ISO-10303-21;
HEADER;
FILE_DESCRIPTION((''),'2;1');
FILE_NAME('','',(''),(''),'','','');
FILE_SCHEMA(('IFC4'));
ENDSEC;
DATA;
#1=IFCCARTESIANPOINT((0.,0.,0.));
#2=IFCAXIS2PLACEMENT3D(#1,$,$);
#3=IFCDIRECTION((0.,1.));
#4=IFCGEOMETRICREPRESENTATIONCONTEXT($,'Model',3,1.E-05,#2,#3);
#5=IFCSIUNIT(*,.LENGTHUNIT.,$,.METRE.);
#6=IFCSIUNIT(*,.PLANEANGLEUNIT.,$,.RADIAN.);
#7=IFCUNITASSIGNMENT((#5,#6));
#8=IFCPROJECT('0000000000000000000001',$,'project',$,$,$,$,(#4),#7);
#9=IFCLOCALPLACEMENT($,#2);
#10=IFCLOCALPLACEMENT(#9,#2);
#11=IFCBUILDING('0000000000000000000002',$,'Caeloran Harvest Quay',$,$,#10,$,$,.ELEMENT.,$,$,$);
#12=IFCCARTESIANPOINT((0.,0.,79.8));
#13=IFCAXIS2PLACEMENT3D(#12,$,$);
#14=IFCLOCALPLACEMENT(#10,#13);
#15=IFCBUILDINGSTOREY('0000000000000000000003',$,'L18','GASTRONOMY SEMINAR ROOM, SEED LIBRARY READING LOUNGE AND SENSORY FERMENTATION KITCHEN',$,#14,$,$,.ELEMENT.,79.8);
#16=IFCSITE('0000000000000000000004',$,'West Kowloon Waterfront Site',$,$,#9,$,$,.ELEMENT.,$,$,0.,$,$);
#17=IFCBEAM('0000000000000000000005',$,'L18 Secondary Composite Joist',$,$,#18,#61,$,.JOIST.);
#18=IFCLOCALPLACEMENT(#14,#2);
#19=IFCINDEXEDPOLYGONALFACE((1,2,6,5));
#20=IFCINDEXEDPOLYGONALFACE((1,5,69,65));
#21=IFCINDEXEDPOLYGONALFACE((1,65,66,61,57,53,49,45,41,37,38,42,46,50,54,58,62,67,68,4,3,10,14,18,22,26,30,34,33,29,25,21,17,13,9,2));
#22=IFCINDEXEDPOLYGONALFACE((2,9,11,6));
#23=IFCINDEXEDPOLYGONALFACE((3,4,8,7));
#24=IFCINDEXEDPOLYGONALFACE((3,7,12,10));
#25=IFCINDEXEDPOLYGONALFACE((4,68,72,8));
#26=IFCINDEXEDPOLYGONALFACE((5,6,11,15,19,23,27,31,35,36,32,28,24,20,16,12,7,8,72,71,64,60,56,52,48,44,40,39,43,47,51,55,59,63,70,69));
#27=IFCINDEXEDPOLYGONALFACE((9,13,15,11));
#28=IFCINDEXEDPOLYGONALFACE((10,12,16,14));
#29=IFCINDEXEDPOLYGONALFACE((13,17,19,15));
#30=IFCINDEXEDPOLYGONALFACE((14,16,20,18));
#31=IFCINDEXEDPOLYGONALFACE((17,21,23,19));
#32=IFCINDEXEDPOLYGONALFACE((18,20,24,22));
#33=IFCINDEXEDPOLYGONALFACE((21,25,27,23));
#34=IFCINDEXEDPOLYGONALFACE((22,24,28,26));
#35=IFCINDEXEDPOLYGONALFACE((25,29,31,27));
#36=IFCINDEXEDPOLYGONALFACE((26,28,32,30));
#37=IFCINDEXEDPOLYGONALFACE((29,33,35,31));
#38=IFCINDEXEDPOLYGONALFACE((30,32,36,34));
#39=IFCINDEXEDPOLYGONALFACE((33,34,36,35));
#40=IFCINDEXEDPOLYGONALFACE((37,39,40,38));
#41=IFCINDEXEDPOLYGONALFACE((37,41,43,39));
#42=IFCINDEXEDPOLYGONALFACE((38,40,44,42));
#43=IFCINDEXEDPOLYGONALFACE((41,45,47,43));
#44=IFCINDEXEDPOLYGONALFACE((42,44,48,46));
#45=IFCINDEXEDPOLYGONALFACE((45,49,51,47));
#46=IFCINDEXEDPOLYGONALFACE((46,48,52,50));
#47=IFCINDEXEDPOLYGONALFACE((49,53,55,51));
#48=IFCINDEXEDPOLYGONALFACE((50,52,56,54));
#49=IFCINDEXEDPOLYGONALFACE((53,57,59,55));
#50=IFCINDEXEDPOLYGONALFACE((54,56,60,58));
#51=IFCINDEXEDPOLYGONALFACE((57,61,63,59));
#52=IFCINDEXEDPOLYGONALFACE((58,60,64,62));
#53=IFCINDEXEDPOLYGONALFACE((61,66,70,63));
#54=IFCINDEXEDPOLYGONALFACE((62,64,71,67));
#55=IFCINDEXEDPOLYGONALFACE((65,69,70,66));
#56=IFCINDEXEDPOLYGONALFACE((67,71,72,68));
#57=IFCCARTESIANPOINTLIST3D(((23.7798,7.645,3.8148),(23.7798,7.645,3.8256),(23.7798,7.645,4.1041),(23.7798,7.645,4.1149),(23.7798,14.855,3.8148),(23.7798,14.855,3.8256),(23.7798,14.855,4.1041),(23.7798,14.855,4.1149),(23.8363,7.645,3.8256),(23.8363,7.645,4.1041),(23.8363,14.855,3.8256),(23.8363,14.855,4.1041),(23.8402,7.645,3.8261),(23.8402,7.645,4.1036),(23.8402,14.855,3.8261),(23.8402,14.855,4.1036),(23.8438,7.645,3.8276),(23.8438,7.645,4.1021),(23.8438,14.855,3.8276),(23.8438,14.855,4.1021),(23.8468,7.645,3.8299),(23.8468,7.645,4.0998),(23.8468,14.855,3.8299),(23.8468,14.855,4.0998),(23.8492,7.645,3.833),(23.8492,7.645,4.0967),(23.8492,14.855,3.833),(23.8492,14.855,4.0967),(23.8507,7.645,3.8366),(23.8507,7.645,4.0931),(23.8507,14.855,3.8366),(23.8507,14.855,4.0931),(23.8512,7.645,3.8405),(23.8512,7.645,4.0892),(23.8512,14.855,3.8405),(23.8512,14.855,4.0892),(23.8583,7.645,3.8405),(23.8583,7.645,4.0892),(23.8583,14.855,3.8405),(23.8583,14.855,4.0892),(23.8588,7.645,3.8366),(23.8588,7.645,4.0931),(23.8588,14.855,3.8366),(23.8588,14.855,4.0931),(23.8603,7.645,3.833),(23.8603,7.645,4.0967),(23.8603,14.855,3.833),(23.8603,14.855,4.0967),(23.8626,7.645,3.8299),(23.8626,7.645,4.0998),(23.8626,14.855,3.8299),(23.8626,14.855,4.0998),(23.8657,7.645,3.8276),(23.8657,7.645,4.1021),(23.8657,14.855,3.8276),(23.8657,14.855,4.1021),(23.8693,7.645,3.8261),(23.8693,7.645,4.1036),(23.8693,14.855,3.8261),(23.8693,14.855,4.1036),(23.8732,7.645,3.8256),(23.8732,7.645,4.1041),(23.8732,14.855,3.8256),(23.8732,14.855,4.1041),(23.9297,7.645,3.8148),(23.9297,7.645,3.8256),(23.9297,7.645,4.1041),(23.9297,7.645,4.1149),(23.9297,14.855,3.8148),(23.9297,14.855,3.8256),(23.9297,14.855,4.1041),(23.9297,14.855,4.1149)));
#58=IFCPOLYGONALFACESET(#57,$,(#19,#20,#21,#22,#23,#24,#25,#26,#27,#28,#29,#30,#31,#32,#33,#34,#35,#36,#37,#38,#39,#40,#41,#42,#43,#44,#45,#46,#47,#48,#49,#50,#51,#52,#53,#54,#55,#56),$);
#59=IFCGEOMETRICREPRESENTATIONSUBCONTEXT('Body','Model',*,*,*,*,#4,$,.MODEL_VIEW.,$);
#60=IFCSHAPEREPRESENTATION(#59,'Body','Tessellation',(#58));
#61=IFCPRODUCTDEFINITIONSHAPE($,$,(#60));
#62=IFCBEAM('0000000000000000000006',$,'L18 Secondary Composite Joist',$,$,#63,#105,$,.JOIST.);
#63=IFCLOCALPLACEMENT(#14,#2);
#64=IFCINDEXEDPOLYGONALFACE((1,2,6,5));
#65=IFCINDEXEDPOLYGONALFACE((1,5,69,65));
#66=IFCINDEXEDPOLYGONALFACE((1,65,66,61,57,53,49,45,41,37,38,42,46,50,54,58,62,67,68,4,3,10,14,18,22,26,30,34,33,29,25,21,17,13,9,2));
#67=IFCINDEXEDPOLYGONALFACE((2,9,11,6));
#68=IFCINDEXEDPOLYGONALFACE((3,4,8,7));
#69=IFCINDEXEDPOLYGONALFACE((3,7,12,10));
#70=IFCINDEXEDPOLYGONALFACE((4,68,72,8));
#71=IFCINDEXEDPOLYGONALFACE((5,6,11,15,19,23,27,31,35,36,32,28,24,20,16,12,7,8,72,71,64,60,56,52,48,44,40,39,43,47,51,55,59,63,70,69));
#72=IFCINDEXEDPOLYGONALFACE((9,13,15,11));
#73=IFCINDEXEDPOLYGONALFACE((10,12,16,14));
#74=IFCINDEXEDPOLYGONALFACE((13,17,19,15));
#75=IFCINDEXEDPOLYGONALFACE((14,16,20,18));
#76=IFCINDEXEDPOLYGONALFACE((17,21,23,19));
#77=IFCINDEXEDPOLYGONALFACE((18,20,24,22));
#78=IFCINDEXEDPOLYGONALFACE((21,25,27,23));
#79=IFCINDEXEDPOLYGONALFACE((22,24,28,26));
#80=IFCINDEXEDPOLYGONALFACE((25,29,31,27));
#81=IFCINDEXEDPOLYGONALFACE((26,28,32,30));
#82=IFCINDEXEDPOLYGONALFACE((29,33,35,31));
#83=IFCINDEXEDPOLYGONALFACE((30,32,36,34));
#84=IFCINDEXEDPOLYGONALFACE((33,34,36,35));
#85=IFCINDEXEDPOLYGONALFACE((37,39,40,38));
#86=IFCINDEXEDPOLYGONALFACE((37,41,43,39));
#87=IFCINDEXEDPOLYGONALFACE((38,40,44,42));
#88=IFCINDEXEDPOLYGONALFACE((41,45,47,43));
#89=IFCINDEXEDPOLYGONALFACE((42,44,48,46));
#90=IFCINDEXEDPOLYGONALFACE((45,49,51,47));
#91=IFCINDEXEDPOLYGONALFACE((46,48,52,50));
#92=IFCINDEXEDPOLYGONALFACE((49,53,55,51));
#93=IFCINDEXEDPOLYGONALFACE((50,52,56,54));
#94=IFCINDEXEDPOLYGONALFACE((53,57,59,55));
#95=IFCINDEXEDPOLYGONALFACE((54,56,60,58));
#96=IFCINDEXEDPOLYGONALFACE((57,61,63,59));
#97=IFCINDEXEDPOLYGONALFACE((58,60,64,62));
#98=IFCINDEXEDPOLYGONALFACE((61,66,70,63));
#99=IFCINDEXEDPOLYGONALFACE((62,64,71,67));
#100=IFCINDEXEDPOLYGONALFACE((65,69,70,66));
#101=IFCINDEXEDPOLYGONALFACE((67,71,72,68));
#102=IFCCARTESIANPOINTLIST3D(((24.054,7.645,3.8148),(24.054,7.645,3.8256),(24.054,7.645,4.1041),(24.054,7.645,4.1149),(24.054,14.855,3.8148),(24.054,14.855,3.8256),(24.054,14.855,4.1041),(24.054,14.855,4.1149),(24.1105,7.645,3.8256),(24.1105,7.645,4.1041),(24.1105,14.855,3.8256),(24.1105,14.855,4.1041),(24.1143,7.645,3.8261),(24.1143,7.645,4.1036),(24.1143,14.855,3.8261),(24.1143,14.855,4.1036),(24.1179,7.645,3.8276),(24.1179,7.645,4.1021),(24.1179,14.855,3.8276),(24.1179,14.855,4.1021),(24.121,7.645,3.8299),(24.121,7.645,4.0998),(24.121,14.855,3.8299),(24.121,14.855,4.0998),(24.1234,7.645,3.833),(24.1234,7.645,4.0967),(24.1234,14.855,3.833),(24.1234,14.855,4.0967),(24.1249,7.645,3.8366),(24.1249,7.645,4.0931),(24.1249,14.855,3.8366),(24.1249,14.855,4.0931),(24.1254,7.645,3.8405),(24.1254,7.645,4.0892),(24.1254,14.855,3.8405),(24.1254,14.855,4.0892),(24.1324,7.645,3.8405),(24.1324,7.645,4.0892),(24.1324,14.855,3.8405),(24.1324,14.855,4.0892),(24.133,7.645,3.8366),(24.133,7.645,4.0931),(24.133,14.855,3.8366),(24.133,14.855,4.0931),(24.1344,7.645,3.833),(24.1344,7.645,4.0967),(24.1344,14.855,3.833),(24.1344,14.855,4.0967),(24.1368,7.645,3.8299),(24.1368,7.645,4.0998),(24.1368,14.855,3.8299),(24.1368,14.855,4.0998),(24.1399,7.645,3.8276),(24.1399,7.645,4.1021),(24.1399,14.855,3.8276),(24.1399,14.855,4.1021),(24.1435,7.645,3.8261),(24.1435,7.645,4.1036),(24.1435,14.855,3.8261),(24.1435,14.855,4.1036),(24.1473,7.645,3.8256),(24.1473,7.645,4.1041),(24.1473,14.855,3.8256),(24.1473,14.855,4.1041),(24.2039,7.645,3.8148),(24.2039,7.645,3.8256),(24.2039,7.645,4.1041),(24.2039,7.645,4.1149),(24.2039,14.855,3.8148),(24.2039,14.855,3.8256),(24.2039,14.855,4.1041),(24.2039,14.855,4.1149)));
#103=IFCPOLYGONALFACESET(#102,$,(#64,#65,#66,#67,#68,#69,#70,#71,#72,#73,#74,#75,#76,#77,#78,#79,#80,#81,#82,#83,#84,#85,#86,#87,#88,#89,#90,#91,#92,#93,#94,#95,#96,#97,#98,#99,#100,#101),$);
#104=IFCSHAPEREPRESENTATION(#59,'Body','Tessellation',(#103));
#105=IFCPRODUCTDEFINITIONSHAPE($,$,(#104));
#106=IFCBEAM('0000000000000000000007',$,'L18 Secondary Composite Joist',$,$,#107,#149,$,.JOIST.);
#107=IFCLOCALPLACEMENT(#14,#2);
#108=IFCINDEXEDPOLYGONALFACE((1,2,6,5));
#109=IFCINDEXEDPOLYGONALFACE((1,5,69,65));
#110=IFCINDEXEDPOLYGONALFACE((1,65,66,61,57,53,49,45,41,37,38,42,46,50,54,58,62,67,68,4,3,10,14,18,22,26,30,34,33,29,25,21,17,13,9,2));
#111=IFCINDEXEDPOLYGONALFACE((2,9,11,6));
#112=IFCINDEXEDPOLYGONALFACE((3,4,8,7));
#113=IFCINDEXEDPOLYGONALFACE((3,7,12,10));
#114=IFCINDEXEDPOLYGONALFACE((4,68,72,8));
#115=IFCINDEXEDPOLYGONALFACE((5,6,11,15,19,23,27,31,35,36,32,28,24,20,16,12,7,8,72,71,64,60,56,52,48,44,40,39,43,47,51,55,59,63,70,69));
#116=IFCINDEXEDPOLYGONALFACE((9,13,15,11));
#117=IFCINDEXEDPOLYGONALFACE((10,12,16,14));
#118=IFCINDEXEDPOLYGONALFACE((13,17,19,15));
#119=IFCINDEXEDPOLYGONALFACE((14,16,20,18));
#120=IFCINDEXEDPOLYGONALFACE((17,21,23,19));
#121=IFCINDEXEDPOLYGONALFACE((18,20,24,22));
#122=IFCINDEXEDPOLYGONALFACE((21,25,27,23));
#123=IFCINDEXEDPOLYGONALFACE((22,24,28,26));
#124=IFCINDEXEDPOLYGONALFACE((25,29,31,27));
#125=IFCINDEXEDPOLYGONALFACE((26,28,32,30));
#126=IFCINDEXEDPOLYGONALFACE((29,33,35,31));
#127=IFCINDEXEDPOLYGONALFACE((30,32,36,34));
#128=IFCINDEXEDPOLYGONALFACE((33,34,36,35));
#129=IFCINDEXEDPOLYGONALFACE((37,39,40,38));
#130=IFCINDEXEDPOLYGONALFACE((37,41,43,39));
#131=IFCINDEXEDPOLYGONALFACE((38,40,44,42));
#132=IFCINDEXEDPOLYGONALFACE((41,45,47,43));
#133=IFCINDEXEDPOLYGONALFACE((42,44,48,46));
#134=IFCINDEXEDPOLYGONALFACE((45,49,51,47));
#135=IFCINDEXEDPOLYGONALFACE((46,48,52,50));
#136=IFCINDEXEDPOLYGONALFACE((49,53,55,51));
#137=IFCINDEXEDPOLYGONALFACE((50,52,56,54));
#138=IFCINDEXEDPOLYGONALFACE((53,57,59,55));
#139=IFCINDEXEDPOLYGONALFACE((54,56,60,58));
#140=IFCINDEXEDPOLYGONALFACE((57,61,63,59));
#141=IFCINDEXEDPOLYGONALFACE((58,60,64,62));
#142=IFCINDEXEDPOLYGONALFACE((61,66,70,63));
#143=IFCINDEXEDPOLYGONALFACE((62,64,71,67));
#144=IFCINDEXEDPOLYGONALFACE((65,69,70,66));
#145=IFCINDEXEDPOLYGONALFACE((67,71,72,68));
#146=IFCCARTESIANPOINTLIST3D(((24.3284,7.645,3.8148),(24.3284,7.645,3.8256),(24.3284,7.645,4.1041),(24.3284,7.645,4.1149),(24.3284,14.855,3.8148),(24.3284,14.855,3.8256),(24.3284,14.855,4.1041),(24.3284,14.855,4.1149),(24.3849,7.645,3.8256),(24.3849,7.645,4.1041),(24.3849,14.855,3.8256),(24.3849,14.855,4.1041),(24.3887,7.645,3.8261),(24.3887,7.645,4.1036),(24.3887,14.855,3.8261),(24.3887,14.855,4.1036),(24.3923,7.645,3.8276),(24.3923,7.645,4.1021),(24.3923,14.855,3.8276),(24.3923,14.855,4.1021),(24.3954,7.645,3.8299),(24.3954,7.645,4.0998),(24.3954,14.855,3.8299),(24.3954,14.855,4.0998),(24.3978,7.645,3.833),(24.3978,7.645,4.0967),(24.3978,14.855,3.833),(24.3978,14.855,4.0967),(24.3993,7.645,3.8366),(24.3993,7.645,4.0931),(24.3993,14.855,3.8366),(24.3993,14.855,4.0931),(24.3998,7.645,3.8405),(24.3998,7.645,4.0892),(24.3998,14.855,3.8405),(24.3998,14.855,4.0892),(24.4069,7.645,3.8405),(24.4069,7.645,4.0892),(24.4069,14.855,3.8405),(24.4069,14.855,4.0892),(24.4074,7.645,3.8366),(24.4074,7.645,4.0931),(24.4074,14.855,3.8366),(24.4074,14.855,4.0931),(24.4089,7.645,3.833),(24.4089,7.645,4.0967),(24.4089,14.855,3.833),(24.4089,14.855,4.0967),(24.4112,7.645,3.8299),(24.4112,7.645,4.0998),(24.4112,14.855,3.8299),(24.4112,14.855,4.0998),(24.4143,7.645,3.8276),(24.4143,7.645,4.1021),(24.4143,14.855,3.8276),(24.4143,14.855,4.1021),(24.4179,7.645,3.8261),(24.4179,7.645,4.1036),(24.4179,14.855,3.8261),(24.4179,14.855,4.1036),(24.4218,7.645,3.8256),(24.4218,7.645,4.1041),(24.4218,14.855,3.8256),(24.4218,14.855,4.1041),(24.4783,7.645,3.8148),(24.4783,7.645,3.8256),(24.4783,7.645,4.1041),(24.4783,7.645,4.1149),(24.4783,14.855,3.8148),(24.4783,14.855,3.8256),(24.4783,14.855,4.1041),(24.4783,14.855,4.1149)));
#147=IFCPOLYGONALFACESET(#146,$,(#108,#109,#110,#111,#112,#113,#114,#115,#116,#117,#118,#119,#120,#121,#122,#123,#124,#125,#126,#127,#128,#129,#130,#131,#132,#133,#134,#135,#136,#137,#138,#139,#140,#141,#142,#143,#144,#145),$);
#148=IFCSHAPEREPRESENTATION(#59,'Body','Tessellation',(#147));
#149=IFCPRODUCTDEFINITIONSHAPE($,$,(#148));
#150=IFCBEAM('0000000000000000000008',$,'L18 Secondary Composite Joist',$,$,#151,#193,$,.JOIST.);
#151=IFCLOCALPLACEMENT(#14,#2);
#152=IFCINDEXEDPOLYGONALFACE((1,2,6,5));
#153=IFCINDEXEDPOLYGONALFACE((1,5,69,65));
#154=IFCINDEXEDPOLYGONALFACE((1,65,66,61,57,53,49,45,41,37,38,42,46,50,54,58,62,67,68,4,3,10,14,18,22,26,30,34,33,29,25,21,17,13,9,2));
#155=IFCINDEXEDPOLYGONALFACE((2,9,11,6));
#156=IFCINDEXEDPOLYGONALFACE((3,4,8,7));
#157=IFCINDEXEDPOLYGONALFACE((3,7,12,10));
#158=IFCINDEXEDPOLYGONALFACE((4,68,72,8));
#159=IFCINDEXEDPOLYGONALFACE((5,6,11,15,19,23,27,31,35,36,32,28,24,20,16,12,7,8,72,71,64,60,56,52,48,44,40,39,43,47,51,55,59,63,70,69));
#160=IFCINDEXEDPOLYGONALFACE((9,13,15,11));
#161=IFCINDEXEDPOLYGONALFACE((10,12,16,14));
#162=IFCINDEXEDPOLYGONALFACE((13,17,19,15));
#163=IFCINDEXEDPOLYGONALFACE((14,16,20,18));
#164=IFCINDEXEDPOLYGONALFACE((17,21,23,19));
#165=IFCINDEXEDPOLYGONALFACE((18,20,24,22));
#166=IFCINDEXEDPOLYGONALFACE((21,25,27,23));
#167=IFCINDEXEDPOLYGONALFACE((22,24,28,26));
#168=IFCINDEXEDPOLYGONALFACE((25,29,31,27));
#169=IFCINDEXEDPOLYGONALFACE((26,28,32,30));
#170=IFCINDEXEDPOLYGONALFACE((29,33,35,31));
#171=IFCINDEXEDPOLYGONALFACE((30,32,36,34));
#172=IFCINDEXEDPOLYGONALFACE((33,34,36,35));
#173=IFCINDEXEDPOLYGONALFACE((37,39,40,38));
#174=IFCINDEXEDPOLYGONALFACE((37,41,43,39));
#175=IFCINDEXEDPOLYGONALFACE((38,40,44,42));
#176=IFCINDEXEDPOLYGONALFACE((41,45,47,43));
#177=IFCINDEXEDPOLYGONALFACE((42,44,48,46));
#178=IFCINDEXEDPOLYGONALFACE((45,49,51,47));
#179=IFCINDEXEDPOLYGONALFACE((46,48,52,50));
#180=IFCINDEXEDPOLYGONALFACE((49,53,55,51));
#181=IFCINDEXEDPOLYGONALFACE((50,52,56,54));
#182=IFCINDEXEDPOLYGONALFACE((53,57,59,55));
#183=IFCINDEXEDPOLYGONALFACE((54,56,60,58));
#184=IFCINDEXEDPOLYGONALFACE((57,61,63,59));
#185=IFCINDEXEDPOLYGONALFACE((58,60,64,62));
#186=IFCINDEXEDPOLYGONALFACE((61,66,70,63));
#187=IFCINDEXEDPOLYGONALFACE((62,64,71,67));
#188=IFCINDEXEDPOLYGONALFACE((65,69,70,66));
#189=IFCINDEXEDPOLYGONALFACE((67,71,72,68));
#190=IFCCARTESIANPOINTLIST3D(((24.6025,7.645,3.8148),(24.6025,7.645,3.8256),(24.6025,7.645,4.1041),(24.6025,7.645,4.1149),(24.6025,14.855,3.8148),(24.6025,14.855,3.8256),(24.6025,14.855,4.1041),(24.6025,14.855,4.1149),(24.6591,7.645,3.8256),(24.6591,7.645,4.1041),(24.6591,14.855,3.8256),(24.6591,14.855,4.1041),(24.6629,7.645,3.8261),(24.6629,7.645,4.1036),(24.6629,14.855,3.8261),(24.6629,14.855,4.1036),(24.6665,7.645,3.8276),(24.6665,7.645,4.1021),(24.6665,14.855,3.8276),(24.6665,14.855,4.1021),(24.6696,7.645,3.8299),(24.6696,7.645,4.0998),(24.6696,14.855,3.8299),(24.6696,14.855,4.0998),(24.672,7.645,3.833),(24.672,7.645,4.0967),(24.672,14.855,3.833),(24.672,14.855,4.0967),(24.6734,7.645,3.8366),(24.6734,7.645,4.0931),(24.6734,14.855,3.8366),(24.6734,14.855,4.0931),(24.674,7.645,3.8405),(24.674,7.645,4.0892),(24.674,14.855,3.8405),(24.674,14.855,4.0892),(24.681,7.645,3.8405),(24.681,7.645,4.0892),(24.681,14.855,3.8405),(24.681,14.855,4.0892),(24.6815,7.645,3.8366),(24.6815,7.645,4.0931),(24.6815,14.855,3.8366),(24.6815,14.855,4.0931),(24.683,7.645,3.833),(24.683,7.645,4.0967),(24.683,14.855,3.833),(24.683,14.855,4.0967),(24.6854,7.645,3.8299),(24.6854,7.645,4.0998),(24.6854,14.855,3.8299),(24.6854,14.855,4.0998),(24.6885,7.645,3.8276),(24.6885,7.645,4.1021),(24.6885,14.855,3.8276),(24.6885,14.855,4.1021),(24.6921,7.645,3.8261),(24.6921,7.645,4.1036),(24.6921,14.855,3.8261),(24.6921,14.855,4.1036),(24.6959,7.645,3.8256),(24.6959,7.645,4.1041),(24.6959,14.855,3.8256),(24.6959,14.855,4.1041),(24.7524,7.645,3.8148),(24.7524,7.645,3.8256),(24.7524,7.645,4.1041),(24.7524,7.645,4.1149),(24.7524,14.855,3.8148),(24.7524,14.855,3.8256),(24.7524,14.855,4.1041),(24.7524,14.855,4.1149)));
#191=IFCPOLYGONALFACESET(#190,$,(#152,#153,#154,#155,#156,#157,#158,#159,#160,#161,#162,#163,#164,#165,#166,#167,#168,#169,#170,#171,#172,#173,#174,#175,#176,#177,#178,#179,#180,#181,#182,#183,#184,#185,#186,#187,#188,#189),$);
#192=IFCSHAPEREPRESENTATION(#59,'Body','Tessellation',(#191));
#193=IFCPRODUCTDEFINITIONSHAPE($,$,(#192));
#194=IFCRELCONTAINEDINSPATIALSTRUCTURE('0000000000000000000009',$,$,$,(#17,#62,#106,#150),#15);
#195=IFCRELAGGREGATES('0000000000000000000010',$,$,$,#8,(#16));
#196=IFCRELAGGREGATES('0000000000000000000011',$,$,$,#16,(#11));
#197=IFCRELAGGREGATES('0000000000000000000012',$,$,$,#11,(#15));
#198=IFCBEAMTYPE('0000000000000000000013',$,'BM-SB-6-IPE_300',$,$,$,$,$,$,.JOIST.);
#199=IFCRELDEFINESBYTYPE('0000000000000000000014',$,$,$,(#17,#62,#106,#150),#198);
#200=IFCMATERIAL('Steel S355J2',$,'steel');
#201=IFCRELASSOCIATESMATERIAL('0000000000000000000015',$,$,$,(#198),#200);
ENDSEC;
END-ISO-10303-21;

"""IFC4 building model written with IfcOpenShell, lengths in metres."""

from ifc_helpers import new_model, si_unit, direction, frame, origin, origin_2d, place, context, subcontext, project, spatial, i_section, extrude, material, material_profile, profile_set, type_object, element, save


model = new_model("IFC4")

# Units and contexts
model_context = context("Model", 3, precision=1e-05, world=origin(), true_north=direction((0.0, 1.0)))
body_context = subcontext(model_context, "Body", "Model", "MODEL_VIEW")
ifc_project = project(units=[si_unit("LENGTHUNIT", "METRE"), si_unit("PLANEANGLEUNIT", "RADIAN")], contexts=[model_context])

# Site, building, storey
site_placement = place(None, origin())
site = spatial("IfcSite", under=ifc_project, at=site_placement, Name="West Kowloon Waterfront Site", CompositionType="ELEMENT", RefElevation=0.0)
building_placement = place(site_placement, origin())
building = spatial("IfcBuilding", under=site, at=building_placement, Name="Caeloran Harvest Quay", CompositionType="ELEMENT")
storey_placement = place(building_placement, frame((0.0, 0.0, 79.8)))
storey = spatial("IfcBuildingStorey", under=building, at=storey_placement, Name="L18", Description="GASTRONOMY SEMINAR ROOM, SEED LIBRARY READING LOUNGE AND SENSORY FERMENTATION KITCHEN", CompositionType="ELEMENT", Elevation=79.8)

# Beams
ifc_material_1 = material(Name="Steel S355J2", Category="steel")
ifc_material_profile_1 = material_profile(ifc_material_1, i_section(OverallWidth=0.1499, OverallDepth=0.3, WebThickness=0.0071, FlangeThickness=0.0107, FilletRadius=0.0149, at=origin_2d()), Name="IPE 300")
ifc_profile_set_1 = profile_set([ifc_material_profile_1], Name="Steel S355J2")
beam_type_1 = type_object("IfcBeamType", Name="BM-SB-6-IPE_300", PredefinedType="JOIST", material=ifc_profile_set_1)
for number, where, z_axis, x_axis, name in (
    (1, (23.8547, 7.645, 3.9648), (0.0, 1.0, 0.0), (-1.0, 0.0, 0.0), "L18 Secondary Composite Joist"),
    (2, (24.1289, 7.645, 3.9648), (0.0, 1.0, 0.0), (-1.0, 0.0, 0.0), "L18 Secondary Composite Joist"),
    (3, (24.4033, 7.645, 3.9648), (0.0, 1.0, 0.0), (-1.0, 0.0, 0.0), "L18 Secondary Composite Joist"),
    (4, (24.6775, 7.645, 3.9648), (0.0, 1.0, 0.0), (-1.0, 0.0, 0.0), "L18 Secondary Composite Joist"),
):
    element("IfcBeam", number, at=place(storey_placement, frame(where, z_axis=z_axis, x_axis=x_axis)), inside=storey, type_object=beam_type_1, Name=name, PredefinedType="JOIST", context=body_context, shape_type="SweptSolid", body=[
        extrude(i_section(OverallWidth=0.1499, OverallDepth=0.3, WebThickness=0.0071, FlangeThickness=0.0107, FilletRadius=0.0149, at=origin_2d()), origin(), (0.0, 0.0, 1.0), 7.21),
    ])

save(model, "model.ifc")
